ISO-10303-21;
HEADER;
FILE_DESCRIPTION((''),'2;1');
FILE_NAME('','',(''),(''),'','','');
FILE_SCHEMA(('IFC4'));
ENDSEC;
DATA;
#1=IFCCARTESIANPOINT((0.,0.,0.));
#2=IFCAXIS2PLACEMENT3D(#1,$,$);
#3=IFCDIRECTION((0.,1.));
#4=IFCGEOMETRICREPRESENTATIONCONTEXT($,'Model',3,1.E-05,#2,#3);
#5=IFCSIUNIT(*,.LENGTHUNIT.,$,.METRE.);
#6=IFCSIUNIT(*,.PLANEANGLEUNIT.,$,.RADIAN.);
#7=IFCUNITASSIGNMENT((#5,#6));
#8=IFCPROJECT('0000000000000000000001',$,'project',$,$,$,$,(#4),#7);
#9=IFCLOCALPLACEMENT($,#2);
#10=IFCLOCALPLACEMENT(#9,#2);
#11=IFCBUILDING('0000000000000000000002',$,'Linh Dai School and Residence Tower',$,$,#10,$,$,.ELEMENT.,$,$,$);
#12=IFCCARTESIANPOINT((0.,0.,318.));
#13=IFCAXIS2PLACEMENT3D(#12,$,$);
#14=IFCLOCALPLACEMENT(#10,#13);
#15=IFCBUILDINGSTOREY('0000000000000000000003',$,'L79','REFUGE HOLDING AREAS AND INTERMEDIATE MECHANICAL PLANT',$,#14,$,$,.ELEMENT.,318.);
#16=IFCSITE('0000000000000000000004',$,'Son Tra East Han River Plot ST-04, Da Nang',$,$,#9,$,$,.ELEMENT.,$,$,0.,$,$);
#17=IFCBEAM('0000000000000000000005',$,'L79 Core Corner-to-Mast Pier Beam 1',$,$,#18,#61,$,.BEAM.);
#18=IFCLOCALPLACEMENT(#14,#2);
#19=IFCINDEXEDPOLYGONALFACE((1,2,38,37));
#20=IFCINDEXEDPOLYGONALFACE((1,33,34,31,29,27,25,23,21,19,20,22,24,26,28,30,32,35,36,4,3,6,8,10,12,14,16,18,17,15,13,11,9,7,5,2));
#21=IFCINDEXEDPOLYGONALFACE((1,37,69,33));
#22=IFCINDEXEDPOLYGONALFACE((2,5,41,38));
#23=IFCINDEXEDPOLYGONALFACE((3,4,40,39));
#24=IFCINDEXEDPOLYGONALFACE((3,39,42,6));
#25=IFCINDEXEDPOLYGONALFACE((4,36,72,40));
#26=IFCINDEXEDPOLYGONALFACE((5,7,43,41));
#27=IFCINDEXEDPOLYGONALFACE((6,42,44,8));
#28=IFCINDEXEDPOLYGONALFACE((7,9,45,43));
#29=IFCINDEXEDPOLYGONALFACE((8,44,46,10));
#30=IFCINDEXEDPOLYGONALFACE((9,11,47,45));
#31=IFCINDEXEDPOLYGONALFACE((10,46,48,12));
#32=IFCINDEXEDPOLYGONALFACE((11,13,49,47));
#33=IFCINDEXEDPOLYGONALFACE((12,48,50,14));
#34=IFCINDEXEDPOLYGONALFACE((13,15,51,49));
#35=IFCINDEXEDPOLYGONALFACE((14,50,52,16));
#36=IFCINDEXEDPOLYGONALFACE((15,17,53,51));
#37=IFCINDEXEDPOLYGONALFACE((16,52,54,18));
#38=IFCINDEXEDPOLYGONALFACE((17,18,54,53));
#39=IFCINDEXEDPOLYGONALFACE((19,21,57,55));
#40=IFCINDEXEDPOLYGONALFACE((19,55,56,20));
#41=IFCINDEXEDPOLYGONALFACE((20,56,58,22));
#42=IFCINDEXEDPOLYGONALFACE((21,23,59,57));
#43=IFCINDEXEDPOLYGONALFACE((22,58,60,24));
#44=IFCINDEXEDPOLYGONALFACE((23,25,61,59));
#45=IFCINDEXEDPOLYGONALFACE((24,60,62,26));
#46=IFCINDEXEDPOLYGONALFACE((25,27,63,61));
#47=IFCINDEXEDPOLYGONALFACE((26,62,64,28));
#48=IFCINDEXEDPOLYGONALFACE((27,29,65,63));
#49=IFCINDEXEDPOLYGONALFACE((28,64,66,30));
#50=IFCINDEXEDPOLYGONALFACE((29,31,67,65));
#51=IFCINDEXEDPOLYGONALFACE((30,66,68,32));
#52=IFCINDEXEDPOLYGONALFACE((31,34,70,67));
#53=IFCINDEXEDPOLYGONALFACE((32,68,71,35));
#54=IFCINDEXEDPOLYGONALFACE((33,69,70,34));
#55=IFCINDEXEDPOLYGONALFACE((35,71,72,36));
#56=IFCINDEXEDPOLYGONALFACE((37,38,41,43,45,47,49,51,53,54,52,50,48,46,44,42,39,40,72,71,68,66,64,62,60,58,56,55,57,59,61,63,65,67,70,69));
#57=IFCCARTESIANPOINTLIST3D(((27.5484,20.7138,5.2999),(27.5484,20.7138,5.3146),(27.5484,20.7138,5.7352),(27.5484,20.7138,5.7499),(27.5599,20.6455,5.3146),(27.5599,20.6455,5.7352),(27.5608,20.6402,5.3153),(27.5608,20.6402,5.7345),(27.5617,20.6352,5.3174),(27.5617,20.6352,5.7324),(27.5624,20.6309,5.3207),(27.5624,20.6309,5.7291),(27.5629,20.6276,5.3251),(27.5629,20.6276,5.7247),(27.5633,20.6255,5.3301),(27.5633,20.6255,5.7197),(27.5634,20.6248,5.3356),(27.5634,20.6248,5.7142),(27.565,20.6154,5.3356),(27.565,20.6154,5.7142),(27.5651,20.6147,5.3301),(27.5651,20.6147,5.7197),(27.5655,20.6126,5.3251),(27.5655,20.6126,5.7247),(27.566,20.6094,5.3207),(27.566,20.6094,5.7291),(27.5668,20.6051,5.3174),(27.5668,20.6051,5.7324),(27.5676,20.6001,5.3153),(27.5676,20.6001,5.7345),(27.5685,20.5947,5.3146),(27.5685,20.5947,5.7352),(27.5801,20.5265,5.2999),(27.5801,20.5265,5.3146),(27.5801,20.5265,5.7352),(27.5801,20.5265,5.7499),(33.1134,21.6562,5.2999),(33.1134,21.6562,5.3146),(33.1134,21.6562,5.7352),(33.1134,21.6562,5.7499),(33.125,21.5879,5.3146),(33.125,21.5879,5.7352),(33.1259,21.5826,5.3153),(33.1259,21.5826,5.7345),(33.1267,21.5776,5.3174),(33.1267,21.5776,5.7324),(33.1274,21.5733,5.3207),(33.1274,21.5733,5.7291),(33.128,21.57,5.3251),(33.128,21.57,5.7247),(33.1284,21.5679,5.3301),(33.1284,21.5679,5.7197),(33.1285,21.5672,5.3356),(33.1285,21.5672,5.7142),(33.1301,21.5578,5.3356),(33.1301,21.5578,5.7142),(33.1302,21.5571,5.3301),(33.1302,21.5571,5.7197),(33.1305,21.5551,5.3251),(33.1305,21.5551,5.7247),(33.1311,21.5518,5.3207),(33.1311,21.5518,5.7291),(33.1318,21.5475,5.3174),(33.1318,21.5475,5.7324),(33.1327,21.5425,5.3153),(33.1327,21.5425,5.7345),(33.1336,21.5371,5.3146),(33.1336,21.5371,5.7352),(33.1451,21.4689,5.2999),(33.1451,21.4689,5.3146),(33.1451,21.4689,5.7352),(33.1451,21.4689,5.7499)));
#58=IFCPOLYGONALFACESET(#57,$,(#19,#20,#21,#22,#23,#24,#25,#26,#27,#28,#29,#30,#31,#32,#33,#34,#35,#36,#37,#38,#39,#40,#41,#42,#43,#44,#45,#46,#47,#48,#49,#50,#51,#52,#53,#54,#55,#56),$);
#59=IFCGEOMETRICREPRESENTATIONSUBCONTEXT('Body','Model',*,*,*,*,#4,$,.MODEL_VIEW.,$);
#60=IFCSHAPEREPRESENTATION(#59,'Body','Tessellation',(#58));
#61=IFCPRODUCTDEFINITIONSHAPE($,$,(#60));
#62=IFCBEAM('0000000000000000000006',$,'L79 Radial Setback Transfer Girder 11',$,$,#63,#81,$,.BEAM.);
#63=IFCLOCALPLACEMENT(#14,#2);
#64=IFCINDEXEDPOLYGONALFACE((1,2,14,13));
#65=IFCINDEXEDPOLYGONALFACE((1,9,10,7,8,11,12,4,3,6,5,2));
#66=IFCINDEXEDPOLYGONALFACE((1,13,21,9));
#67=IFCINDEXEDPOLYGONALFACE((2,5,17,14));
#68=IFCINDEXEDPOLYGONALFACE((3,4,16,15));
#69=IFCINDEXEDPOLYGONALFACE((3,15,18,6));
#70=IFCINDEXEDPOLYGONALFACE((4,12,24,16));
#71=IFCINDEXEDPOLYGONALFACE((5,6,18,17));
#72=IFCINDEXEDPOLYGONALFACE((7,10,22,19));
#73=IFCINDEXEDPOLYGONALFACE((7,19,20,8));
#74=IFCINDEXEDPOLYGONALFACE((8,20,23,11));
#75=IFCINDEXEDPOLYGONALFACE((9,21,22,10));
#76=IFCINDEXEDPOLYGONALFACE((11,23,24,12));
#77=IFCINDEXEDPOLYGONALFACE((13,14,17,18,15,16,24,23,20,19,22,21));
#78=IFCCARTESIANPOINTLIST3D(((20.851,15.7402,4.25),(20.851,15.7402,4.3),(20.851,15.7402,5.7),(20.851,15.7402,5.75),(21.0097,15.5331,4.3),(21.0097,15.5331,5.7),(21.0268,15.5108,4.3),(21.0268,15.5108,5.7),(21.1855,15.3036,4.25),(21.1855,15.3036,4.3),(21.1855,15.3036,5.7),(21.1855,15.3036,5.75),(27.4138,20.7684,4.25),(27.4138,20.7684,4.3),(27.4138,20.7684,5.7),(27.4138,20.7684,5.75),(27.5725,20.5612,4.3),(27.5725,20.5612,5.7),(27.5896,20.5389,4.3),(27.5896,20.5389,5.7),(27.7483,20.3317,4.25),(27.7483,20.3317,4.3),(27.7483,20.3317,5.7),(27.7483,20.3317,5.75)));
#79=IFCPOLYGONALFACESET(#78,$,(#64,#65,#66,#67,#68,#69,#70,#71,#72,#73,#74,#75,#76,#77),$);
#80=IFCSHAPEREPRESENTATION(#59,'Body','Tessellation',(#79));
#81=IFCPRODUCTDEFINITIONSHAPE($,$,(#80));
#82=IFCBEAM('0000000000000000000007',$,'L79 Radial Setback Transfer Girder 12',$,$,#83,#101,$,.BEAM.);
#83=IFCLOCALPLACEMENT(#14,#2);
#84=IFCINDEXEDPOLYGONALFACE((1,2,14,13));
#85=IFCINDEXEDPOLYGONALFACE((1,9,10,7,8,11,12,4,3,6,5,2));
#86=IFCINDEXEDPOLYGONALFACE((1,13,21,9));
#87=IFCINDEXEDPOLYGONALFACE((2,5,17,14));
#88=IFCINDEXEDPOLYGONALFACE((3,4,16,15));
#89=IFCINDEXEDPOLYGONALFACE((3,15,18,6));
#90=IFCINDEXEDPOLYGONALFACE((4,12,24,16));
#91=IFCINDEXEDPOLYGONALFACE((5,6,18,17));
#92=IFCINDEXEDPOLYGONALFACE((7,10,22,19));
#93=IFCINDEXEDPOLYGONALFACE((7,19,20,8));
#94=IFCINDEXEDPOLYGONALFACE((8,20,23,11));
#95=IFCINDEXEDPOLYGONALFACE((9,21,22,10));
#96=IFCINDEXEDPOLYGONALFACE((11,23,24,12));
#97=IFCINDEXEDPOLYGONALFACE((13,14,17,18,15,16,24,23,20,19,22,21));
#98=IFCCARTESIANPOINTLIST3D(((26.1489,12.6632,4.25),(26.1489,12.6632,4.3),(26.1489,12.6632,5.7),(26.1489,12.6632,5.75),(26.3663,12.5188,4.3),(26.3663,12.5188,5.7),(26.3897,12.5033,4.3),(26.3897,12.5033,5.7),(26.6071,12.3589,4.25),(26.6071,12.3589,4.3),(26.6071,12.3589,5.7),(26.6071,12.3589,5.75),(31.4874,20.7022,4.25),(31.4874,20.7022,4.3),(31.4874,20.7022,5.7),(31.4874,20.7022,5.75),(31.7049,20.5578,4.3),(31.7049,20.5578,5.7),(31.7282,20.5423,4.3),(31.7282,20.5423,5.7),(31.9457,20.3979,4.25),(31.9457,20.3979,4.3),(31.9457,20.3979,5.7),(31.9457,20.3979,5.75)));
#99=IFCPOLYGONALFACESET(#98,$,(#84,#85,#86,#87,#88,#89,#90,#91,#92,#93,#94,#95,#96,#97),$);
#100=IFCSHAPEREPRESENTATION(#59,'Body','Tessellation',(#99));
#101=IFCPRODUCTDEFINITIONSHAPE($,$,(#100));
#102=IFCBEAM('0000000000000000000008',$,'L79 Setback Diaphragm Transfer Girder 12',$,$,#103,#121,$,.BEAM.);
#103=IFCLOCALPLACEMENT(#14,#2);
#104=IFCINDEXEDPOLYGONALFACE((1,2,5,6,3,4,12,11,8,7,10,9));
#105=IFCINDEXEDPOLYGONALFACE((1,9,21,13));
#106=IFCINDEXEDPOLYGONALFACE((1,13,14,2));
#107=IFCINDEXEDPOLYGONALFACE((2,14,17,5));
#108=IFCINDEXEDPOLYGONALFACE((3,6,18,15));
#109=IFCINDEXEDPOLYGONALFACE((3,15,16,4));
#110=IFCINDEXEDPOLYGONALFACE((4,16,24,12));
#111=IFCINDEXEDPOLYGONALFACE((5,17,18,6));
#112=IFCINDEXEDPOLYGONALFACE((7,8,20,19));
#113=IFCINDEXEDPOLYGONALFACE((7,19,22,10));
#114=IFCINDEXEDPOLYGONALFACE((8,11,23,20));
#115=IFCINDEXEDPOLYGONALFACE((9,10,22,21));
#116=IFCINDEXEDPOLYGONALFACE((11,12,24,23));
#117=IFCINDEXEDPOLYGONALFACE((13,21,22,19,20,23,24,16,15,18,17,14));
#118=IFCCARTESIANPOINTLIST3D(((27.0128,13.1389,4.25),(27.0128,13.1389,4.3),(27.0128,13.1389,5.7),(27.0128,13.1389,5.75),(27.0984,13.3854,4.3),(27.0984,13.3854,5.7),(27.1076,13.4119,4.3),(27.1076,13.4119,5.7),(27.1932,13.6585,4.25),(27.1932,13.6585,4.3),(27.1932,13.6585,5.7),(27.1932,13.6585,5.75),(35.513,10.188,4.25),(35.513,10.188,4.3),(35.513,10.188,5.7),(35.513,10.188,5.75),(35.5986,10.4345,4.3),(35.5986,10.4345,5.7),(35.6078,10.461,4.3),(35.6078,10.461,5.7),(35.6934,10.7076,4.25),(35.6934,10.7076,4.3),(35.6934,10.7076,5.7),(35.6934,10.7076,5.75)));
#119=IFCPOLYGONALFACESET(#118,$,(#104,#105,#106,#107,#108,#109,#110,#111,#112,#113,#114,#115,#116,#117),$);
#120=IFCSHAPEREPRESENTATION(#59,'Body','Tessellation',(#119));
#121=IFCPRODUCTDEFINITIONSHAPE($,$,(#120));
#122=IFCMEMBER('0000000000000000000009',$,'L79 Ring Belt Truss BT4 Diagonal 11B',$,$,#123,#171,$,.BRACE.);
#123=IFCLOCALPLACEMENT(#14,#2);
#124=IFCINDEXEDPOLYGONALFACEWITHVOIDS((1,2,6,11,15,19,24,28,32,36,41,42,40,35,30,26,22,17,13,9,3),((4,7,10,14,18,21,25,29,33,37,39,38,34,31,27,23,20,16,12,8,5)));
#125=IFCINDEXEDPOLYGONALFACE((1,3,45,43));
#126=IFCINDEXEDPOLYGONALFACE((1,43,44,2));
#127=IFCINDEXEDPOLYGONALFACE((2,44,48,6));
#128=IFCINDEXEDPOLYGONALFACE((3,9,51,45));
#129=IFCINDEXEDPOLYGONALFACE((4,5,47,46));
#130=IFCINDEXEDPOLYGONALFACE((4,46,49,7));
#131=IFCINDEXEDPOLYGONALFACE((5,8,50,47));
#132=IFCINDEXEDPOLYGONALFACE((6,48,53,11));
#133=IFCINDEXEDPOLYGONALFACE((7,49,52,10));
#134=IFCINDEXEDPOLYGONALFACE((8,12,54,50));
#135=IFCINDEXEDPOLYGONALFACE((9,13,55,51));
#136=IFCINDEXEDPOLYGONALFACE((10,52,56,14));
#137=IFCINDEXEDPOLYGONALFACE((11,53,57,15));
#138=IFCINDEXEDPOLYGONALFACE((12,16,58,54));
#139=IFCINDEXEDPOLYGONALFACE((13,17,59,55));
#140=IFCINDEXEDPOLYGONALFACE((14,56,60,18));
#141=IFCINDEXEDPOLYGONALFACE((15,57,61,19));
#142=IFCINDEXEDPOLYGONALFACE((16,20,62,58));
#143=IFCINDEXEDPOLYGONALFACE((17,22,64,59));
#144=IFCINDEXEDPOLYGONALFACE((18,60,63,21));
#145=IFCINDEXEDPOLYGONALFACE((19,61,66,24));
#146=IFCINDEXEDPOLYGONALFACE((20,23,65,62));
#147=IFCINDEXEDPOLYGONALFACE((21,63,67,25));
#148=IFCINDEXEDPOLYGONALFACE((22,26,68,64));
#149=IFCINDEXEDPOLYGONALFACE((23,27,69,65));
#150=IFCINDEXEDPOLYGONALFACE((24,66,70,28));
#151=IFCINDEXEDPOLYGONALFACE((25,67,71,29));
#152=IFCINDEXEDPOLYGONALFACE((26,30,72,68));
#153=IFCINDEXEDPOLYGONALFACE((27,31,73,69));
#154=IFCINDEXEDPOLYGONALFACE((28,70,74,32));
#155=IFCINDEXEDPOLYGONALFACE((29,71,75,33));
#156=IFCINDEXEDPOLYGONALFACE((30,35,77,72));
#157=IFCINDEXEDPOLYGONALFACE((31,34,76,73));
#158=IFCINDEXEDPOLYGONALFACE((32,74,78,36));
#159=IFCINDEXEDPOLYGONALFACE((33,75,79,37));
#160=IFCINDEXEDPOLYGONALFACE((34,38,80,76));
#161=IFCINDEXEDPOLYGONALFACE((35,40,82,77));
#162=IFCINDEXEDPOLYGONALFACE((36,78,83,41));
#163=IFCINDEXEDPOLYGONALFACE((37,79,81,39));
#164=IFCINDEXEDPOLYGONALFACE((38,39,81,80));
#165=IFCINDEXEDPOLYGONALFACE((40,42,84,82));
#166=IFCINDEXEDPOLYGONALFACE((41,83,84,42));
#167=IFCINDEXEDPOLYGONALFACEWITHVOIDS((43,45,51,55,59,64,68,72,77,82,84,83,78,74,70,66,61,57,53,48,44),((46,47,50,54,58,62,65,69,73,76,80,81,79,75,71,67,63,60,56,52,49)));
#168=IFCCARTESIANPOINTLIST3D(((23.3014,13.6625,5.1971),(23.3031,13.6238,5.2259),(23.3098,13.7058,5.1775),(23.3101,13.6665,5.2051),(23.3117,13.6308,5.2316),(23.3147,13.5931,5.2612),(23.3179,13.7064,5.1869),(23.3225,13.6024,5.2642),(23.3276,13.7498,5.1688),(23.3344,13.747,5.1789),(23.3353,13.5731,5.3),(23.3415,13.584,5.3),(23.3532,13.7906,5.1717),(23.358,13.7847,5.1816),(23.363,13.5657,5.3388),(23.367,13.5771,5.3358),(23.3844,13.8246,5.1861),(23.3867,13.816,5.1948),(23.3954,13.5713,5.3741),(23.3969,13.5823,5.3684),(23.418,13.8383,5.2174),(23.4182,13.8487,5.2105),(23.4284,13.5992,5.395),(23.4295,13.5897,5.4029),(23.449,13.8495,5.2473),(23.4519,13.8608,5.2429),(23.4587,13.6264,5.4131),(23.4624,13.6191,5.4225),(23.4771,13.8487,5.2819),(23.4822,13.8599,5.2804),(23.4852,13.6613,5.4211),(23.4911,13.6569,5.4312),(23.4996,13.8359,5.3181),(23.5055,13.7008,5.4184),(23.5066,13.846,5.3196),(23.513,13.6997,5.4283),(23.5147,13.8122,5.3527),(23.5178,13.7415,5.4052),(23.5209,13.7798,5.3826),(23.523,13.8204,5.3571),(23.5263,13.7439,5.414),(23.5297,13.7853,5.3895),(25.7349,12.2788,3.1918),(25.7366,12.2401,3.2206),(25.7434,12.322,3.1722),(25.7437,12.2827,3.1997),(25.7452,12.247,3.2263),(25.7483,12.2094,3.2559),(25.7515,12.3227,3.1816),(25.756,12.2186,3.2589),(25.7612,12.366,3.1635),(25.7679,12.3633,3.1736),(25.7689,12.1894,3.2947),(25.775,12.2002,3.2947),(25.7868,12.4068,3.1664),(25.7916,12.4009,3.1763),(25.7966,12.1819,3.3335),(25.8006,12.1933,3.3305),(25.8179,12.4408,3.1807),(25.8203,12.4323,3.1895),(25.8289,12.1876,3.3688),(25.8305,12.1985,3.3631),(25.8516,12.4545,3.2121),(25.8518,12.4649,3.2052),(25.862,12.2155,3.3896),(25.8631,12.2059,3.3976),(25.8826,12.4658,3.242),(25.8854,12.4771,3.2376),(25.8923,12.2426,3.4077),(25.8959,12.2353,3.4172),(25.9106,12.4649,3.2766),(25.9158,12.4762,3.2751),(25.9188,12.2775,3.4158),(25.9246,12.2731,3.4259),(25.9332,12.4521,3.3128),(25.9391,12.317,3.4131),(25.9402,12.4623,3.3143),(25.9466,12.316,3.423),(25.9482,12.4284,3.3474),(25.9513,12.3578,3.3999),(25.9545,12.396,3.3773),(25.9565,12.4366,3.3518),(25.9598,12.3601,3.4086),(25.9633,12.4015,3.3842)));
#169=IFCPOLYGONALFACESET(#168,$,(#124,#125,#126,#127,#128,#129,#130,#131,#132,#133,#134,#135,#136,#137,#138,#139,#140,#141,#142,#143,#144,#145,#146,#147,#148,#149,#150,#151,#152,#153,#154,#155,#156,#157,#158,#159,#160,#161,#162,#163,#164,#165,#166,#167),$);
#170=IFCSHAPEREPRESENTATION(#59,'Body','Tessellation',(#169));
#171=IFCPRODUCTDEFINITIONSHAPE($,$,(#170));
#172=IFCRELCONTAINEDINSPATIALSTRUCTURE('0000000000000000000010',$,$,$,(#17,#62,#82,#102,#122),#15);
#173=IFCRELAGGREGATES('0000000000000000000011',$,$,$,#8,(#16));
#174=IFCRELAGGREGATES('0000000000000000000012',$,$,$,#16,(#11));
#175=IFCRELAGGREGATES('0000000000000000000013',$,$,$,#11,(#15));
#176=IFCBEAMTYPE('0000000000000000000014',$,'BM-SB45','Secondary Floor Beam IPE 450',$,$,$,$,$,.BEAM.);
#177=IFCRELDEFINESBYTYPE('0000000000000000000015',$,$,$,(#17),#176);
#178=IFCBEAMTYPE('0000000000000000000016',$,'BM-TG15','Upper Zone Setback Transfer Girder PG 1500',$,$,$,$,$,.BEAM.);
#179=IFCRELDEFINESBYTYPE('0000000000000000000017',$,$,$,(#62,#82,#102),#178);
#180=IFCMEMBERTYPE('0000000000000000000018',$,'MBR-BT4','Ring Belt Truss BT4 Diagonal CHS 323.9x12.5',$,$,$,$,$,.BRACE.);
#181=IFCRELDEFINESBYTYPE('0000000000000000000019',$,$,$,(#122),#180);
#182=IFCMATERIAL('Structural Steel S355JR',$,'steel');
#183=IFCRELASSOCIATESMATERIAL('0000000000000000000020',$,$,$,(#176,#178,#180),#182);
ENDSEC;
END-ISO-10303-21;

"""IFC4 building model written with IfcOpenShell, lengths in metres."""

from ifc_helpers import new_model, si_unit, direction, frame, origin, origin_2d, place, context, subcontext, project, spatial, hollow_circle, i_section, extrude, material, material_profile, profile_set, type_object, element, save


model = new_model("IFC4")

# Units and contexts
model_context = context("Model", 3, precision=1e-05, world=origin(), true_north=direction((0.0, 1.0)))
body_context = subcontext(model_context, "Body", "Model", "MODEL_VIEW")
ifc_project = project(units=[si_unit("LENGTHUNIT", "METRE"), si_unit("PLANEANGLEUNIT", "RADIAN")], contexts=[model_context])

# Site, building, storey
site_placement = place(None, origin())
site = spatial("IfcSite", under=ifc_project, at=site_placement, Name="Son Tra East Han River Plot ST-04, Da Nang", CompositionType="ELEMENT", RefElevation=0.0)
building_placement = place(site_placement, origin())
building = spatial("IfcBuilding", under=site, at=building_placement, Name="Linh Dai School and Residence Tower", CompositionType="ELEMENT")
storey_placement = place(building_placement, frame((0.0, 0.0, 318.0)))
storey = spatial("IfcBuildingStorey", under=building, at=storey_placement, Name="L79", Description="REFUGE HOLDING AREAS AND INTERMEDIATE MECHANICAL PLANT", CompositionType="ELEMENT", Elevation=318.0)

# Shared definitions
ifc_material_1 = material(Name="Structural Steel S355JR", Category="steel")

# Beams
ifc_material_profile_1 = material_profile(ifc_material_1, i_section(OverallWidth=0.1899, OverallDepth=0.45, WebThickness=0.0095, FlangeThickness=0.0146, FilletRadius=0.021, at=origin_2d()), Name="IPE 450")
ifc_profile_set_1 = profile_set([ifc_material_profile_1], Name="Structural Steel S355JR")
beam_type_1 = type_object("IfcBeamType", Name="BM-SB45", Description="Secondary Floor Beam IPE 450", PredefinedType="BEAM", material=ifc_profile_set_1)
beam_1_placement = place(storey_placement, frame((27.5642, 20.6201, 5.5249), z_axis=(0.985963, 0.166966, 0.0), x_axis=(-0.166966, 0.985963, 0.0)))
element("IfcBeam", 1, at=beam_1_placement, inside=storey, type_object=beam_type_1, Name="L79 Core Corner-to-Mast Pier Beam 1", PredefinedType="BEAM", context=body_context, shape_type="SweptSolid", body=[
    extrude(i_section(OverallWidth=0.1899, OverallDepth=0.45, WebThickness=0.0095, FlangeThickness=0.0146, FilletRadius=0.021, at=origin_2d()), origin(), (0.0, 0.0, 1.0), 5.6443),
])
ifc_material_profile_2 = material_profile(ifc_material_1, i_section(OverallWidth=0.55, OverallDepth=1.5, WebThickness=0.0281, FlangeThickness=0.05, at=origin_2d()), Name="PG 1500x550x28x50")
ifc_profile_set_2 = profile_set([ifc_material_profile_2], Name="Structural Steel S355JR")
beam_type_2 = type_object("IfcBeamType", Name="BM-TG15", Description="Upper Zone Setback Transfer Girder PG 1500", PredefinedType="BEAM", material=ifc_profile_set_2)
beam_2_placement = place(storey_placement, frame((27.5811, 20.55, 5.0), z_axis=(-0.793803, -0.608175, 0.0), x_axis=(0.608175, -0.793803, 0.0)))
element("IfcBeam", 2, at=beam_2_placement, inside=storey, type_object=beam_type_2, Name="L79 Radial Setback Transfer Girder 11", PredefinedType="BEAM", context=body_context, shape_type="SweptSolid", body=[
    extrude(i_section(OverallWidth=0.55, OverallDepth=1.5, WebThickness=0.0281, FlangeThickness=0.05, at=origin_2d()), origin(), (0.0, 0.0, 1.0), 8.2676),
])
beam_3_placement = place(storey_placement, frame((31.7166, 20.55, 5.0), z_axis=(-0.553211, -0.833041, 0.0), x_axis=(0.833041, -0.553211, 0.0)))
element("IfcBeam", 3, at=beam_3_placement, inside=storey, type_object=beam_type_2, Name="L79 Radial Setback Transfer Girder 12", PredefinedType="BEAM", context=body_context, shape_type="SweptSolid", body=[
    extrude(i_section(OverallWidth=0.55, OverallDepth=1.5, WebThickness=0.0281, FlangeThickness=0.05, at=origin_2d()), origin(), (0.0, 0.0, 1.0), 9.6501),
])
beam_4_placement = place(storey_placement, frame((27.103, 13.3987, 5.0), z_axis=(0.944692, -0.327958, 0.0), x_axis=(0.327958, 0.944692, 0.0)))
element("IfcBeam", 4, at=beam_4_placement, inside=storey, type_object=beam_type_2, Name="L79 Setback Diaphragm Transfer Girder 12", PredefinedType="BEAM", context=body_context, shape_type="SweptSolid", body=[
    extrude(i_section(OverallWidth=0.55, OverallDepth=1.5, WebThickness=0.0281, FlangeThickness=0.05, at=origin_2d()), origin(), (0.0, 0.0, 1.0), 8.9978),
])

# Member
ifc_material_profile_3 = material_profile(ifc_material_1, hollow_circle(Radius=0.1619, WallThickness=0.0125, at=origin_2d()), Name="CHS 323.9x12.5")
ifc_profile_set_3 = profile_set([ifc_material_profile_3], Name="Structural Steel S355JR")
member_type_1 = type_object("IfcMemberType", Name="MBR-BT4", Description="Ring Belt Truss BT4 Diagonal CHS 323.9x12.5", PredefinedType="BRACE", material=ifc_profile_set_3)
member_1_placement = place(storey_placement, frame((25.8489, 12.3301, 3.2947), z_axis=(-0.706689, 0.401837, 0.582338), x_axis=(-0.494297, -0.869293, 0.0)))
element("IfcMember", 5, at=member_1_placement, inside=storey, type_object=member_type_1, Name="L79 Ring Belt Truss BT4 Diagonal 11B", PredefinedType="BRACE", context=body_context, shape_type="SweptSolid", body=[
    extrude(hollow_circle(Radius=0.1619, WallThickness=0.0125, at=origin_2d()), origin(), (0.0, 0.0, 1.0), 3.4436),
])

save(model, "model.ifc")
